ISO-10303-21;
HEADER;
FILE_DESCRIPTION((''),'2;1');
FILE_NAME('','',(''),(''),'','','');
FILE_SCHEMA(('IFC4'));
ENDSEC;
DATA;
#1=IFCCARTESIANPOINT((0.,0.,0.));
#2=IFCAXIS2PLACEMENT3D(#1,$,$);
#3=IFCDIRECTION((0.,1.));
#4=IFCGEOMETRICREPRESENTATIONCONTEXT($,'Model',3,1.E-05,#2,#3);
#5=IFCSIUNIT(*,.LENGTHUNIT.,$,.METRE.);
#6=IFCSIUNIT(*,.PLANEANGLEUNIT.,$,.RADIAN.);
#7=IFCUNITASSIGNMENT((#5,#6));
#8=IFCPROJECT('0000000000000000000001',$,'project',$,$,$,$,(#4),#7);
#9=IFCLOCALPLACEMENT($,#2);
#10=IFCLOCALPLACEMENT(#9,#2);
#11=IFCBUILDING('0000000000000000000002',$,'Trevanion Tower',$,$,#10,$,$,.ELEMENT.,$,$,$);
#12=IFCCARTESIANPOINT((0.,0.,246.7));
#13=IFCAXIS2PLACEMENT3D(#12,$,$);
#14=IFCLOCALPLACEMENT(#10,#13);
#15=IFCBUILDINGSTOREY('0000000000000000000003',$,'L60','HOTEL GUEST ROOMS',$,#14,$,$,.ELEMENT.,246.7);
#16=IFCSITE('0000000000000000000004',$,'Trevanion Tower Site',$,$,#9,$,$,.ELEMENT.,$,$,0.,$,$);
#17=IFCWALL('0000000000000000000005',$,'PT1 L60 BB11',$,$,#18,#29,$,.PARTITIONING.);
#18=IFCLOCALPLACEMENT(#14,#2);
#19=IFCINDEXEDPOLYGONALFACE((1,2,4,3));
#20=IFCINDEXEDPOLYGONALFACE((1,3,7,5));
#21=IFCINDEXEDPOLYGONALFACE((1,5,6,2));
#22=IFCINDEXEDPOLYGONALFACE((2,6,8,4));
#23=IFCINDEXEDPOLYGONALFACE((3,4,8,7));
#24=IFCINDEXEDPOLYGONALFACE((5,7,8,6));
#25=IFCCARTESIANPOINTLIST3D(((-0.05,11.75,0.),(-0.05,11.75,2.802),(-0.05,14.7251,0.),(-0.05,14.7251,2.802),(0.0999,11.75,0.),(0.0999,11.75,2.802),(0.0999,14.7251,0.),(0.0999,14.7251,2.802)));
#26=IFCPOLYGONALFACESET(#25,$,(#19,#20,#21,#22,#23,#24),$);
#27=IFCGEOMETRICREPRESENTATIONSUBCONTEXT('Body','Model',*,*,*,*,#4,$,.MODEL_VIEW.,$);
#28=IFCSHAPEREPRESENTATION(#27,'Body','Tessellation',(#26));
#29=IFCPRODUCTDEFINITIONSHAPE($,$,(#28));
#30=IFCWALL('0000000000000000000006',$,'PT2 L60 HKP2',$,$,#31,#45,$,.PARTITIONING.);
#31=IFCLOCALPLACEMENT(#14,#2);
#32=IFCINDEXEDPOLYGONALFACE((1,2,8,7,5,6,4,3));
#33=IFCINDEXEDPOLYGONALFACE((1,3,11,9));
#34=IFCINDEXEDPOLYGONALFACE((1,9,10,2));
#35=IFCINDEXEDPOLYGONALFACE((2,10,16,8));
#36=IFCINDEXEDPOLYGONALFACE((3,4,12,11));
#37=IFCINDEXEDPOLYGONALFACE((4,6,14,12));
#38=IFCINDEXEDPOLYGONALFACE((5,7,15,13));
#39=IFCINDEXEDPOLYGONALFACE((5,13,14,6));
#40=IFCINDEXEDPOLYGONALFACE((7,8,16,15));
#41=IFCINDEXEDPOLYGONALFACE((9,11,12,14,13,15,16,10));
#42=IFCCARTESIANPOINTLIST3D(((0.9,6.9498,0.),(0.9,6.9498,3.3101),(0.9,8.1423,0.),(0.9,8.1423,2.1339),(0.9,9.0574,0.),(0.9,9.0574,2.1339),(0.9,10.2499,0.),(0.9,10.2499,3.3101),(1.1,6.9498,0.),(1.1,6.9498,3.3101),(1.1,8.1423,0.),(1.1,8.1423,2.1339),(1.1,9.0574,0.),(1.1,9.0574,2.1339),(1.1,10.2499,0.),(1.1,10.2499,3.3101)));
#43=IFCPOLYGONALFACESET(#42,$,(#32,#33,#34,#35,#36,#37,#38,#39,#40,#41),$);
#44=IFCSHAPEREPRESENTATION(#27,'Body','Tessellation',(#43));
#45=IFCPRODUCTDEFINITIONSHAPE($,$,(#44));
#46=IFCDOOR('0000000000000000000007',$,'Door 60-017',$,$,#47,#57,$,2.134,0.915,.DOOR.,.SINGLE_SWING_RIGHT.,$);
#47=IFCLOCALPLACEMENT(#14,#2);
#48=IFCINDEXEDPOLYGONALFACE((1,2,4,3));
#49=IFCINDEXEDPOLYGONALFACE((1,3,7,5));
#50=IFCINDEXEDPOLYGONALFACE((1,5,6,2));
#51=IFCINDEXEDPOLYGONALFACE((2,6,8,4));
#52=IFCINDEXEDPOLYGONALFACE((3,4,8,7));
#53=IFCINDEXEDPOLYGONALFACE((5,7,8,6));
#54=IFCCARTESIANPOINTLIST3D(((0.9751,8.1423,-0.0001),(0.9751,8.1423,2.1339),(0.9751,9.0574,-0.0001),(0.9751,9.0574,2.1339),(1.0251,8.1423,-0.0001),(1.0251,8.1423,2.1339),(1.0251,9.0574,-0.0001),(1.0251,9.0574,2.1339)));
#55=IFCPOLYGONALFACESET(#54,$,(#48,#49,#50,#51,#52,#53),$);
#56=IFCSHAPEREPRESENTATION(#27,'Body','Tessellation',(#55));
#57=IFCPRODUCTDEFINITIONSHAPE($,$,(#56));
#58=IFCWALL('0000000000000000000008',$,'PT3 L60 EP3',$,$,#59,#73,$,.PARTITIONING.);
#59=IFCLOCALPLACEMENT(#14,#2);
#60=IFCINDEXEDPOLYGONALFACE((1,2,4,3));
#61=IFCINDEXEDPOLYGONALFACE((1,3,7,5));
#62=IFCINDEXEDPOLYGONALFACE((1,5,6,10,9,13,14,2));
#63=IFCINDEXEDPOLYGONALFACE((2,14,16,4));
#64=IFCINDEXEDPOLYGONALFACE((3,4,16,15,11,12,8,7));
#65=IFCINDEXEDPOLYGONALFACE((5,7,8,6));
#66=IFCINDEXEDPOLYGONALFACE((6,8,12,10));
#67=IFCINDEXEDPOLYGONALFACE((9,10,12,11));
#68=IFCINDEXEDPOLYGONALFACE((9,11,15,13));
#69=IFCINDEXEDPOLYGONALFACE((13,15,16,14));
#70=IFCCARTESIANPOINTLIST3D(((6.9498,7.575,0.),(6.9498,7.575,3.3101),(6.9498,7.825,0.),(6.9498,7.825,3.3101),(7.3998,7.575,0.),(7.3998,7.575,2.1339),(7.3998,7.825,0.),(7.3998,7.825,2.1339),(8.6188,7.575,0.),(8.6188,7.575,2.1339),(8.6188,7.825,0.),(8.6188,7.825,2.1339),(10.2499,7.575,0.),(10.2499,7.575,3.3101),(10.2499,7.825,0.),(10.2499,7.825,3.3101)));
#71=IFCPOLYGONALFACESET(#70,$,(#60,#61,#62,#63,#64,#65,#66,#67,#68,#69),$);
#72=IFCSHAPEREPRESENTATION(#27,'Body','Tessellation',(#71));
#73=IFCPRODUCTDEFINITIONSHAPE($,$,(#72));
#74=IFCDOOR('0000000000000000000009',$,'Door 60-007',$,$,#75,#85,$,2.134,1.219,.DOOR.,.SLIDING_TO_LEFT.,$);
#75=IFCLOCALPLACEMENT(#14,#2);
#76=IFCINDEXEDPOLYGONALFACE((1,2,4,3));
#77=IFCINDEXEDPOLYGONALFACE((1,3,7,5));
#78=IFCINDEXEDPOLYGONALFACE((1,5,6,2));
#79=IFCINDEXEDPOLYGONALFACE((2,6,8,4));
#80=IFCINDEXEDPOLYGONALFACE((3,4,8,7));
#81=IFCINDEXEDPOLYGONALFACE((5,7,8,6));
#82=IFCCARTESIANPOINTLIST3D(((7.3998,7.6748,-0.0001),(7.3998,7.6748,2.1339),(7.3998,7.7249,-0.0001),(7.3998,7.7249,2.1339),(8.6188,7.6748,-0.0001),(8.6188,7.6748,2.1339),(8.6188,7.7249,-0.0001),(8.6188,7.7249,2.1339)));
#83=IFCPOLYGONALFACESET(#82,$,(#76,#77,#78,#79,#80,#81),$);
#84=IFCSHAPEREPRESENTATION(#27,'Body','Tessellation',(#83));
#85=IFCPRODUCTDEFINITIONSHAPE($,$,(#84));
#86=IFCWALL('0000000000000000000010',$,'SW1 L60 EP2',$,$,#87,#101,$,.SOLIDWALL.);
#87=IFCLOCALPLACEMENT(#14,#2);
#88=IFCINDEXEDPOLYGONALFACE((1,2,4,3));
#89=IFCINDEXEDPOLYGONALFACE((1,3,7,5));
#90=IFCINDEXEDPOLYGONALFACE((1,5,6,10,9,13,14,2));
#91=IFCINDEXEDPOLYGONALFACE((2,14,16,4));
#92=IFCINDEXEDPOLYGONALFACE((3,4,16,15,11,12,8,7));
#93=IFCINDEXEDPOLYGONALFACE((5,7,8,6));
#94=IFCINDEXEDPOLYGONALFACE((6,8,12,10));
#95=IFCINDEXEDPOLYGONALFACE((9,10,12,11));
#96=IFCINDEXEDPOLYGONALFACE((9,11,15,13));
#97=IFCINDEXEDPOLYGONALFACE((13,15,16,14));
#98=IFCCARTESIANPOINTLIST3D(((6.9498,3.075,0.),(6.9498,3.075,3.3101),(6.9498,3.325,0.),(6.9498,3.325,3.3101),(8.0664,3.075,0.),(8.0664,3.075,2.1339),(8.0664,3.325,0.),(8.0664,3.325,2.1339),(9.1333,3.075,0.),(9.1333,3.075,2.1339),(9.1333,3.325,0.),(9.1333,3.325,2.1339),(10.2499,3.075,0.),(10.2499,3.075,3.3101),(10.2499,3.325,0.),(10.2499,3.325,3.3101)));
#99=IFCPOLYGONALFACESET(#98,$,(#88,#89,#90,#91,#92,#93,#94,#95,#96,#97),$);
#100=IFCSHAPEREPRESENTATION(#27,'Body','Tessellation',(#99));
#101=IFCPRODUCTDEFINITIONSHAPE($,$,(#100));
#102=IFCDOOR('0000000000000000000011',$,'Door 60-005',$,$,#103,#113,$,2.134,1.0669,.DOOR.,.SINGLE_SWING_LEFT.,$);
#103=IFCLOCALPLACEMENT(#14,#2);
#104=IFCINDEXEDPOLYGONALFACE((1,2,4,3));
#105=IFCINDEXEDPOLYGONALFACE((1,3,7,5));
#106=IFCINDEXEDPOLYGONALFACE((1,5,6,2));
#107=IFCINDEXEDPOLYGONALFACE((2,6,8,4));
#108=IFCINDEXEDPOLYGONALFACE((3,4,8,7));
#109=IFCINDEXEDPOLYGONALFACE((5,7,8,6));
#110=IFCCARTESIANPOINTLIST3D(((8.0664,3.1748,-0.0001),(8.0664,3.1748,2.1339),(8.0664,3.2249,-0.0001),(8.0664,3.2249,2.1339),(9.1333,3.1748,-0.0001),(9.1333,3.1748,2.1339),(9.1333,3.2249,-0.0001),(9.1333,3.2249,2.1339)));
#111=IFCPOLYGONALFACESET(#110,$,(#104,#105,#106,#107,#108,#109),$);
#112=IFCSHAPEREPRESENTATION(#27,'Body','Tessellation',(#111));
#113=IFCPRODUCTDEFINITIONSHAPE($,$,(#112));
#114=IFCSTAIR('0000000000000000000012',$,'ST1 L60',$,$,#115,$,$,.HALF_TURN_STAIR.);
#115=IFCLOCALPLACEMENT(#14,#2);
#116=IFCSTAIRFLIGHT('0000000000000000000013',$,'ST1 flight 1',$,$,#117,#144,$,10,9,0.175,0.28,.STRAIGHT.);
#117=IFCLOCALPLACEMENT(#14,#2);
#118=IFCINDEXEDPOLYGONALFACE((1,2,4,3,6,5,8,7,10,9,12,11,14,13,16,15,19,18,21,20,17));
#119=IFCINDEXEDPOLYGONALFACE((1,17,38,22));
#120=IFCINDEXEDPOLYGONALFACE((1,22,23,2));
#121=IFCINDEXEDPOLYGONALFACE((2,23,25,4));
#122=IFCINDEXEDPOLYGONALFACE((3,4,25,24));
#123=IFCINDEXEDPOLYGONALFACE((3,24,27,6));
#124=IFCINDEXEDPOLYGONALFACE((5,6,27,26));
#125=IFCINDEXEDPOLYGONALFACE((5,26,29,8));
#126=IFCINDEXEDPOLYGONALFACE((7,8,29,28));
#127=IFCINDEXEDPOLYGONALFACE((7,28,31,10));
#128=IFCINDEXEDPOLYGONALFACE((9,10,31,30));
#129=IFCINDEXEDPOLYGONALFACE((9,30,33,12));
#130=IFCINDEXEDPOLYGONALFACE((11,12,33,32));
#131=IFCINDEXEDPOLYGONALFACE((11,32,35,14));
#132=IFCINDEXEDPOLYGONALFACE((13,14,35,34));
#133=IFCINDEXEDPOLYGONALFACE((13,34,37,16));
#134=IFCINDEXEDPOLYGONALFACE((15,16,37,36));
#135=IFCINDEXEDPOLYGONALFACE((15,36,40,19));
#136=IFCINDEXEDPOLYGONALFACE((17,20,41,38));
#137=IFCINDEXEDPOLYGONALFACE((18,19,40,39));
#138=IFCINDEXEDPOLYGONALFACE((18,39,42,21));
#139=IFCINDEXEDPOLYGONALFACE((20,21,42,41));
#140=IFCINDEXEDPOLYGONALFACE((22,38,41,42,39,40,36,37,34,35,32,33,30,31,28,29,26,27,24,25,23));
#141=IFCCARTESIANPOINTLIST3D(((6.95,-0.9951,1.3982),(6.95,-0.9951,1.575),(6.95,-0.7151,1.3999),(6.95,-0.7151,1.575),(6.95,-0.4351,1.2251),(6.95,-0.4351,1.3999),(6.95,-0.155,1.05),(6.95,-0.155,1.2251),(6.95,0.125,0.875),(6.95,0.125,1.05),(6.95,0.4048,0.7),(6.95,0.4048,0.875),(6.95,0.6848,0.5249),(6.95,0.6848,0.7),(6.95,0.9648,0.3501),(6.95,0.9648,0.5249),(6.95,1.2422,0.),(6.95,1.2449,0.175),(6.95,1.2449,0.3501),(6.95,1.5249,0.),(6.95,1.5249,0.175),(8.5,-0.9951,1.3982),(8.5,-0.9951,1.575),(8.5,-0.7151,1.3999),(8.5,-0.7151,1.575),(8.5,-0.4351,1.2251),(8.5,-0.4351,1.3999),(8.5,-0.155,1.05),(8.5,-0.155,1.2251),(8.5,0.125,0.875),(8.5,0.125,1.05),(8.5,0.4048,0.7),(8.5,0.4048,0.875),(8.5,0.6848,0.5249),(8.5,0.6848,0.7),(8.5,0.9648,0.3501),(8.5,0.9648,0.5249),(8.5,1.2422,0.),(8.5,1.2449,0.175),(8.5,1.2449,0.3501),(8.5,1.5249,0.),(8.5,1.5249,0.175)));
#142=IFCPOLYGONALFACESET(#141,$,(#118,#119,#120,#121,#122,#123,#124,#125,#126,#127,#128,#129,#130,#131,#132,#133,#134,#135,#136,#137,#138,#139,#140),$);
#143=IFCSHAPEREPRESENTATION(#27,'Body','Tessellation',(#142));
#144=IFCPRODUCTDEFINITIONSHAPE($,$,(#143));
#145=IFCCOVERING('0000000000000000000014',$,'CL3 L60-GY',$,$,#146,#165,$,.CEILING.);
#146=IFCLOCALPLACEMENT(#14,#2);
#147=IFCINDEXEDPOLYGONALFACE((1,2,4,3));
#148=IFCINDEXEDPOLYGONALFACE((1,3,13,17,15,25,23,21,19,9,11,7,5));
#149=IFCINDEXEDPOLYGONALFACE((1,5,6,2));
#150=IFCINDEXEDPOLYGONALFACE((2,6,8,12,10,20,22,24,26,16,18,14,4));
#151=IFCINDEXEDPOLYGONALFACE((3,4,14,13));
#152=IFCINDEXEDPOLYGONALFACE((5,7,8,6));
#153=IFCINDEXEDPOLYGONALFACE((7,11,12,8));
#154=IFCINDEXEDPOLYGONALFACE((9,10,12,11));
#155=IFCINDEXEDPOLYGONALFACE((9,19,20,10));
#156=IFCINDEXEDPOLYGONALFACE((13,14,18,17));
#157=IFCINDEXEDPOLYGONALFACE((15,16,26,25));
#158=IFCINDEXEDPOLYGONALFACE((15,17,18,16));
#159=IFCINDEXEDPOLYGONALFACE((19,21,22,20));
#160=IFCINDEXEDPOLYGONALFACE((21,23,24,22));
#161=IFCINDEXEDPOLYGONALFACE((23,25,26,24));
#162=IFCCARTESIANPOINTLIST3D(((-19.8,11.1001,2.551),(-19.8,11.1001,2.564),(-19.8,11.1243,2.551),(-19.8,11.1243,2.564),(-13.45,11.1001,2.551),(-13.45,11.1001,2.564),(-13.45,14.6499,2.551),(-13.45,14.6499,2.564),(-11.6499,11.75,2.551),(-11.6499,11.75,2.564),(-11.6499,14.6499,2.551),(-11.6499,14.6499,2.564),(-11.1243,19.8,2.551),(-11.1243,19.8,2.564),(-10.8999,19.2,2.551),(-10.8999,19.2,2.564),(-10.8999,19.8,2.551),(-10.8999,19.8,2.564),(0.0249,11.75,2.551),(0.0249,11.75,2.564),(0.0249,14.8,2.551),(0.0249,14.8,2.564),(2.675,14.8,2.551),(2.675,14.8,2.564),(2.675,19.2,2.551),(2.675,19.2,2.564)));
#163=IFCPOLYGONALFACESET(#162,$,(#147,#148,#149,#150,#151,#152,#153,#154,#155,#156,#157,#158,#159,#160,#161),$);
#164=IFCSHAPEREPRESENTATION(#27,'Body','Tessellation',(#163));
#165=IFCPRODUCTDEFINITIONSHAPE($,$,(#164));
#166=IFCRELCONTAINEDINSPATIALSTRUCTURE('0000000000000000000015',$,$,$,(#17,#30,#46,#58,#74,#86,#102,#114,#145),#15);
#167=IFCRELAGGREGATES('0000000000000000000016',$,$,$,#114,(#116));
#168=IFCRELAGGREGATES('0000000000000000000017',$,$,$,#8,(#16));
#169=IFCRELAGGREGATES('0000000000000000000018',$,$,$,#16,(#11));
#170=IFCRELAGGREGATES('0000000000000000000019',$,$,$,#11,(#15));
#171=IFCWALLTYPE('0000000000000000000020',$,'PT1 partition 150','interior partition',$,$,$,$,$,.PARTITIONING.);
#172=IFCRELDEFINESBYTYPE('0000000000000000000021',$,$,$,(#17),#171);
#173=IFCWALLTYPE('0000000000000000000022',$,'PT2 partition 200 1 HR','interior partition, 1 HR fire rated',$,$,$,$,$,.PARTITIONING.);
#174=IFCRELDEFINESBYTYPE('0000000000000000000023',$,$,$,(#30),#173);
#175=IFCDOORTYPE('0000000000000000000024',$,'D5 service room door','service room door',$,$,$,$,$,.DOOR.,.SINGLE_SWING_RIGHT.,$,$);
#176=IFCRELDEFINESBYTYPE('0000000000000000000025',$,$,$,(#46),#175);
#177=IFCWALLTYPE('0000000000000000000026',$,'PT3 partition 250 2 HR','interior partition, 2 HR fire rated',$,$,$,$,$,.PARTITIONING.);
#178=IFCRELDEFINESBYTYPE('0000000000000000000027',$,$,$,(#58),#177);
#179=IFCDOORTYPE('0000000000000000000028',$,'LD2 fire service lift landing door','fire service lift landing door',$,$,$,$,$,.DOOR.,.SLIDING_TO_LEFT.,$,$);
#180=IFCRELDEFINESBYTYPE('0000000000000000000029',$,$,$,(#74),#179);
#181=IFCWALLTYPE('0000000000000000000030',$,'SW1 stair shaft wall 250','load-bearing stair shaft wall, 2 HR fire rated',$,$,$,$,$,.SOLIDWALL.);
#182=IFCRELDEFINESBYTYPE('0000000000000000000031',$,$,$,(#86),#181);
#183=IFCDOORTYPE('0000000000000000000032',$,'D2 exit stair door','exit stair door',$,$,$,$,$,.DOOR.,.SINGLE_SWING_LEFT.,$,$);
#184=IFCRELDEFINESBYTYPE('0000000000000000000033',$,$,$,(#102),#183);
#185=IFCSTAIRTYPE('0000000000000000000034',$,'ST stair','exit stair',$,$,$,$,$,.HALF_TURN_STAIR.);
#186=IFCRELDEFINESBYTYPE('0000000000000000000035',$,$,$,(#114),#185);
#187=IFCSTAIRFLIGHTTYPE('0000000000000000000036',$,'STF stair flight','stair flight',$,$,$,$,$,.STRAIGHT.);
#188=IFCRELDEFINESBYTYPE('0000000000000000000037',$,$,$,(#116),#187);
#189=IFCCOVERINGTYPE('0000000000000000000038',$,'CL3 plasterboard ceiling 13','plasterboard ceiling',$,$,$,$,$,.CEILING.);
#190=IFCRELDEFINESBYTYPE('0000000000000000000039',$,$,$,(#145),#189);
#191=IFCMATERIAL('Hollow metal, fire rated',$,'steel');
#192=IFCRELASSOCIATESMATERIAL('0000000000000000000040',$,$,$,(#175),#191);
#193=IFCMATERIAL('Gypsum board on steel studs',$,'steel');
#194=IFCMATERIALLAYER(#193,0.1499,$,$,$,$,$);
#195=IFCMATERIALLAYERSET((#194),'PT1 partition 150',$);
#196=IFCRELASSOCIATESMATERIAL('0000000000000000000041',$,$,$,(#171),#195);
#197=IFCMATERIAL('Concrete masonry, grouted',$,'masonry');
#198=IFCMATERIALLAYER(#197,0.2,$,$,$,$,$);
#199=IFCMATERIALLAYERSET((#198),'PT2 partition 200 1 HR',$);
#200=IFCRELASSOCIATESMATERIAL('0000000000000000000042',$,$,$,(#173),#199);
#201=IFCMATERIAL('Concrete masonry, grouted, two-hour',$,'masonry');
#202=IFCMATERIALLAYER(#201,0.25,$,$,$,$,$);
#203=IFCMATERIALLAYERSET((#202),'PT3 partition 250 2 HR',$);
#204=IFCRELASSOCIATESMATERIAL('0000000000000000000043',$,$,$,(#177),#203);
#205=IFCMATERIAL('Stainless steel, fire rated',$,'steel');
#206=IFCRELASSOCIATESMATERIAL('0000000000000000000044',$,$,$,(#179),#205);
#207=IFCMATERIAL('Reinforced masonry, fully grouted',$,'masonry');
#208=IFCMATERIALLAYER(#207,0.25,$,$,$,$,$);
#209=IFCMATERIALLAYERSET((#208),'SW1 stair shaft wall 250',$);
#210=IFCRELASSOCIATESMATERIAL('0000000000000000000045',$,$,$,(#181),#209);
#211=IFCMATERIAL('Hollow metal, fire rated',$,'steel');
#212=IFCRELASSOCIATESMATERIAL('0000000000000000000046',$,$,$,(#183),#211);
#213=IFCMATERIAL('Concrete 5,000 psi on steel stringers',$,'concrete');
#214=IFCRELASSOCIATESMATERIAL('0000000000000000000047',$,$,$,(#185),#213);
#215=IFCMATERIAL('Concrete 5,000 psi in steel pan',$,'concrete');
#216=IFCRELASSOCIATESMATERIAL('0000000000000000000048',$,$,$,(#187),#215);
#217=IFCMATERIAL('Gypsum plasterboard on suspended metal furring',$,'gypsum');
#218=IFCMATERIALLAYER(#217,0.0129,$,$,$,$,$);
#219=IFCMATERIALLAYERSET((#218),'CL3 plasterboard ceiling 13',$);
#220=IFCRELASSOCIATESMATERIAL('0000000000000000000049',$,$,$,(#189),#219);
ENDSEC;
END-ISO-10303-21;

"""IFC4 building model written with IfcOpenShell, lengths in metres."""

from ifc_helpers import new_model, si_unit, direction, frame, frame_2d, origin, place, context, subcontext, project, spatial, polyline, rectangle, outline, extrude, material, layer, layer_set, type_object, element, fill, aggregate, save


model = new_model("IFC4")

# Units and contexts
model_context = context("Model", 3, precision=1e-05, world=origin(), true_north=direction((0.0, 1.0)))
body_context = subcontext(model_context, "Body", "Model", "MODEL_VIEW")
ifc_project = project(units=[si_unit("LENGTHUNIT", "METRE"), si_unit("PLANEANGLEUNIT", "RADIAN")], contexts=[model_context])

# Site, building, storey
site_placement = place(None, origin())
site = spatial("IfcSite", under=ifc_project, at=site_placement, Name="Trevanion Tower Site", CompositionType="ELEMENT", RefElevation=0.0)
building_placement = place(site_placement, origin())
building = spatial("IfcBuilding", under=site, at=building_placement, Name="Trevanion Tower", CompositionType="ELEMENT")
storey_placement = place(building_placement, frame((0.0, 0.0, 246.7)))
storey = spatial("IfcBuildingStorey", under=building, at=storey_placement, Name="L60", Description="HOTEL GUEST ROOMS", CompositionType="ELEMENT", Elevation=246.7)

# Shared definitions
ifc_material_1 = material(Name="Hollow metal, fire rated", Category="steel")
door_type_1 = type_object("IfcDoorType", Name="D5 service room door", Description="service room door", OperationType="SINGLE_SWING_RIGHT", PredefinedType="DOOR", material=ifc_material_1)

# Wall
ifc_material_2 = material(Name="Gypsum board on steel studs", Category="steel")
ifc_layer_1 = layer(ifc_material_2, 0.1499)
ifc_layer_set_1 = layer_set([ifc_layer_1], Name="PT1 partition 150")
wall_type_1 = type_object("IfcWallType", Name="PT1 partition 150", Description="interior partition", PredefinedType="PARTITIONING", material=ifc_layer_set_1)
wall_1_placement = place(storey_placement, frame((0.0249, 11.75, 0.0), z_axis=(0.0, 0.0, 1.0), x_axis=(0.0, 1.0, 0.0)))
element("IfcWall", 1, at=wall_1_placement, inside=storey, type_object=wall_type_1, Name="PT1 L60 BB11", PredefinedType="PARTITIONING", context=body_context, shape_type="SweptSolid", body=[
    extrude(rectangle(XDim=2.9751, YDim=0.1499, at=frame_2d((1.4875, 0.0))), origin(), (0.0, 0.0, 1.0), 2.802),
])

# Walls, openings, doors
ifc_material_3 = material(Name="Concrete masonry, grouted", Category="masonry")
ifc_layer_2 = layer(ifc_material_3, 0.2)
ifc_layer_set_2 = layer_set([ifc_layer_2], Name="PT2 partition 200 1 HR")
wall_type_2 = type_object("IfcWallType", Name="PT2 partition 200 1 HR", Description="interior partition, 1 HR fire rated", PredefinedType="PARTITIONING", material=ifc_layer_set_2)
wall_2_placement = place(storey_placement, frame((1.0, 6.95, 0.0), z_axis=(0.0, 0.0, 1.0), x_axis=(0.0, 1.0, 0.0)))
wall_2 = element("IfcWall", 2, at=wall_2_placement, inside=storey, type_object=wall_type_2, Name="PT2 L60 HKP2", PredefinedType="PARTITIONING", context=body_context, shape_type="SweptSolid", body=[
    extrude(rectangle(XDim=3.3, YDim=0.2, at=frame_2d((1.6499, 0.0))), origin(), (0.0, 0.0, 1.0), 3.3101),
])
opening_1_placement = place(wall_2_placement, frame((1.1924, 0.0, 0.0)))
opening_1 = element("IfcOpeningElement", 3, at=opening_1_placement, cuts=wall_2, PredefinedType="OPENING", context=body_context, shape_type="SweptSolid", body=[
    extrude(rectangle(XDim=0.915, YDim=2.134, at=frame_2d((0.4575, 1.0669))), frame((0.0, 0.1099, 0.0), z_axis=(0.0, -1.0, 0.0), x_axis=(1.0, 0.0, 0.0)), (0.0, 0.0, 1.0), 0.22),
])
door_1_placement = place(opening_1_placement, origin())
door_1 = element("IfcDoor", 4, at=door_1_placement, inside=storey, type_object=door_type_1, Name="Door 60-017", OperationType="SINGLE_SWING_RIGHT", OverallHeight=2.134, OverallWidth=0.915, PredefinedType="DOOR", context=body_context, shape_type="SweptSolid", body=[
    extrude(rectangle(XDim=0.915, YDim=2.134, at=frame_2d((0.4575, 1.0669))), frame((0.0, 0.0249, 0.0), z_axis=(0.0, -1.0, 0.0), x_axis=(1.0, 0.0, 0.0)), (0.0, 0.0, 1.0), 0.05),
])
fill(opening_1, door_1)
ifc_material_4 = material(Name="Concrete masonry, grouted, two-hour", Category="masonry")
ifc_layer_3 = layer(ifc_material_4, 0.25)
ifc_layer_set_3 = layer_set([ifc_layer_3], Name="PT3 partition 250 2 HR")
wall_type_3 = type_object("IfcWallType", Name="PT3 partition 250 2 HR", Description="interior partition, 2 HR fire rated", PredefinedType="PARTITIONING", material=ifc_layer_set_3)
wall_3_placement = place(storey_placement, frame((6.95, 7.7, 0.0), z_axis=(0.0, 0.0, 1.0), x_axis=(1.0, 0.0, 0.0)))
wall_3 = element("IfcWall", 5, at=wall_3_placement, inside=storey, type_object=wall_type_3, Name="PT3 L60 EP3", PredefinedType="PARTITIONING", context=body_context, shape_type="SweptSolid", body=[
    extrude(rectangle(XDim=3.3, YDim=0.25, at=frame_2d((1.6499, 0.0))), origin(), (0.0, 0.0, 1.0), 3.3101),
])
opening_2_placement = place(wall_3_placement, frame((0.45, 0.0, 0.0)))
opening_2 = element("IfcOpeningElement", 6, at=opening_2_placement, cuts=wall_3, PredefinedType="OPENING", context=body_context, shape_type="SweptSolid", body=[
    extrude(rectangle(XDim=1.219, YDim=2.134, at=frame_2d((0.6094, 1.0669))), frame((0.0, 0.135, 0.0), z_axis=(0.0, -1.0, 0.0), x_axis=(1.0, 0.0, 0.0)), (0.0, 0.0, 1.0), 0.27),
])
ifc_material_5 = material(Name="Stainless steel, fire rated", Category="steel")
door_type_2 = type_object("IfcDoorType", Name="LD2 fire service lift landing door", Description="fire service lift landing door", OperationType="SLIDING_TO_LEFT", PredefinedType="DOOR", material=ifc_material_5)
door_2_placement = place(opening_2_placement, origin())
door_2 = element("IfcDoor", 7, at=door_2_placement, inside=storey, type_object=door_type_2, Name="Door 60-007", OperationType="SLIDING_TO_LEFT", OverallHeight=2.134, OverallWidth=1.219, PredefinedType="DOOR", context=body_context, shape_type="SweptSolid", body=[
    extrude(rectangle(XDim=1.219, YDim=2.134, at=frame_2d((0.6094, 1.0669))), frame((0.0, 0.0249, 0.0), z_axis=(0.0, -1.0, 0.0), x_axis=(1.0, 0.0, 0.0)), (0.0, 0.0, 1.0), 0.05),
])
fill(opening_2, door_2)
ifc_material_6 = material(Name="Reinforced masonry, fully grouted", Category="masonry")
ifc_layer_4 = layer(ifc_material_6, 0.25)
ifc_layer_set_4 = layer_set([ifc_layer_4], Name="SW1 stair shaft wall 250")
wall_type_4 = type_object("IfcWallType", Name="SW1 stair shaft wall 250", Description="load-bearing stair shaft wall, 2 HR fire rated", PredefinedType="SOLIDWALL", material=ifc_layer_set_4)
wall_4_placement = place(storey_placement, frame((6.95, 3.2, 0.0), z_axis=(0.0, 0.0, 1.0), x_axis=(1.0, 0.0, 0.0)))
wall_4 = element("IfcWall", 8, at=wall_4_placement, inside=storey, type_object=wall_type_4, Name="SW1 L60 EP2", PredefinedType="SOLIDWALL", context=body_context, shape_type="SweptSolid", body=[
    extrude(rectangle(XDim=3.3, YDim=0.25, at=frame_2d((1.6499, 0.0))), origin(), (0.0, 0.0, 1.0), 3.3101),
])
opening_3_placement = place(wall_4_placement, frame((1.1165, 0.0, 0.0)))
opening_3 = element("IfcOpeningElement", 9, at=opening_3_placement, cuts=wall_4, PredefinedType="OPENING", context=body_context, shape_type="SweptSolid", body=[
    extrude(rectangle(XDim=1.0669, YDim=2.134, at=frame_2d((0.5334, 1.0669))), frame((0.0, 0.135, 0.0), z_axis=(0.0, -1.0, 0.0), x_axis=(1.0, 0.0, 0.0)), (0.0, 0.0, 1.0), 0.27),
])
ifc_material_7 = material(Name="Hollow metal, fire rated", Category="steel")
door_type_3 = type_object("IfcDoorType", Name="D2 exit stair door", Description="exit stair door", OperationType="SINGLE_SWING_LEFT", PredefinedType="DOOR", material=ifc_material_7)
door_3_placement = place(opening_3_placement, origin())
door_3 = element("IfcDoor", 10, at=door_3_placement, inside=storey, type_object=door_type_3, Name="Door 60-005", OperationType="SINGLE_SWING_LEFT", OverallHeight=2.134, OverallWidth=1.0669, PredefinedType="DOOR", context=body_context, shape_type="SweptSolid", body=[
    extrude(rectangle(XDim=1.0669, YDim=2.134, at=frame_2d((0.5334, 1.0669))), frame((0.0, 0.0249, 0.0), z_axis=(0.0, -1.0, 0.0), x_axis=(1.0, 0.0, 0.0)), (0.0, 0.0, 1.0), 0.05),
])
fill(opening_3, door_3)

# Stair, stair flight
ifc_material_8 = material(Name="Concrete 5,000 psi on steel stringers", Category="concrete")
stair_type = type_object("IfcStairType", Name="ST stair", Description="exit stair", PredefinedType="HALF_TURN_STAIR", material=ifc_material_8)
stair_placement = place(storey_placement, origin())
stair = element("IfcStair", 11, at=stair_placement, inside=storey, type_object=stair_type, Name="ST1 L60", PredefinedType="HALF_TURN_STAIR")
ifc_material_9 = material(Name="Concrete 5,000 psi in steel pan", Category="concrete")
stair_flight_type = type_object("IfcStairFlightType", Name="STF stair flight", Description="stair flight", PredefinedType="STRAIGHT", material=ifc_material_9)
stair_flight_placement = place(storey_placement, frame((7.7251, 1.5249, 0.0), z_axis=(0.0, 0.0, 1.0), x_axis=(0.0, -1.0, 0.0)))
stair_flight = element("IfcStairFlight", 12, at=stair_flight_placement, type_object=stair_flight_type, Name="ST1 flight 1", NumberOfRisers=10, NumberOfTreads=9, PredefinedType="STRAIGHT", RiserHeight=0.175, TreadLength=0.28, context=body_context, shape_type="SweptSolid", body=[
    extrude(outline(polyline([(0.0, 0.0), (0.0, 0.175), (0.28, 0.175), (0.28, 0.3501), (0.5601, 0.3501), (0.5601, 0.5249), (0.8401, 0.5249), (0.8401, 0.7), (1.1201, 0.7), (1.1201, 0.875), (1.3999, 0.875), (1.3999, 1.05), (1.6799, 1.05), (1.6799, 1.2251), (1.96, 1.2251), (1.96, 1.3999), (2.24, 1.3999), (2.24, 1.575), (2.52, 1.575), (2.52, 1.75), (2.52, 1.3982), (0.2827, 0.0), (0.0, 0.0)])), frame((0.0, 0.7749, 0.0), z_axis=(0.0, -1.0, 0.0), x_axis=(1.0, 0.0, 0.0)), (0.0, 0.0, 1.0), 1.55),
])
aggregate(stair, [stair_flight])

# Covering
ifc_material_10 = material(Name="Gypsum plasterboard on suspended metal furring", Category="gypsum")
ifc_layer_5 = layer(ifc_material_10, 0.0129)
ifc_layer_set_5 = layer_set([ifc_layer_5], Name="CL3 plasterboard ceiling 13")
covering_type_1 = type_object("IfcCoveringType", Name="CL3 plasterboard ceiling 13", Description="plasterboard ceiling", PredefinedType="CEILING", material=ifc_layer_set_5)
covering_1_placement = place(storey_placement, frame((0.0, 0.0, 2.551)))
element("IfcCovering", 13, at=covering_1_placement, inside=storey, type_object=covering_type_1, Name="CL3 L60-GY", PredefinedType="CEILING", context=body_context, shape_type="SweptSolid", body=[
    extrude(outline(polyline([(-13.45, 11.1001), (-19.8, 11.1001), (-19.8, 11.1243), (-11.1243, 19.8), (-10.8999, 19.8), (-10.8999, 19.2), (2.675, 19.2), (2.675, 14.8), (0.0249, 14.8), (0.0249, 11.75), (-11.6499, 11.75), (-11.6499, 14.6499), (-13.45, 14.6499), (-13.45, 11.1001)])), origin(), (0.0, 0.0, 1.0), 0.0129),
])

save(model, "model.ifc")
